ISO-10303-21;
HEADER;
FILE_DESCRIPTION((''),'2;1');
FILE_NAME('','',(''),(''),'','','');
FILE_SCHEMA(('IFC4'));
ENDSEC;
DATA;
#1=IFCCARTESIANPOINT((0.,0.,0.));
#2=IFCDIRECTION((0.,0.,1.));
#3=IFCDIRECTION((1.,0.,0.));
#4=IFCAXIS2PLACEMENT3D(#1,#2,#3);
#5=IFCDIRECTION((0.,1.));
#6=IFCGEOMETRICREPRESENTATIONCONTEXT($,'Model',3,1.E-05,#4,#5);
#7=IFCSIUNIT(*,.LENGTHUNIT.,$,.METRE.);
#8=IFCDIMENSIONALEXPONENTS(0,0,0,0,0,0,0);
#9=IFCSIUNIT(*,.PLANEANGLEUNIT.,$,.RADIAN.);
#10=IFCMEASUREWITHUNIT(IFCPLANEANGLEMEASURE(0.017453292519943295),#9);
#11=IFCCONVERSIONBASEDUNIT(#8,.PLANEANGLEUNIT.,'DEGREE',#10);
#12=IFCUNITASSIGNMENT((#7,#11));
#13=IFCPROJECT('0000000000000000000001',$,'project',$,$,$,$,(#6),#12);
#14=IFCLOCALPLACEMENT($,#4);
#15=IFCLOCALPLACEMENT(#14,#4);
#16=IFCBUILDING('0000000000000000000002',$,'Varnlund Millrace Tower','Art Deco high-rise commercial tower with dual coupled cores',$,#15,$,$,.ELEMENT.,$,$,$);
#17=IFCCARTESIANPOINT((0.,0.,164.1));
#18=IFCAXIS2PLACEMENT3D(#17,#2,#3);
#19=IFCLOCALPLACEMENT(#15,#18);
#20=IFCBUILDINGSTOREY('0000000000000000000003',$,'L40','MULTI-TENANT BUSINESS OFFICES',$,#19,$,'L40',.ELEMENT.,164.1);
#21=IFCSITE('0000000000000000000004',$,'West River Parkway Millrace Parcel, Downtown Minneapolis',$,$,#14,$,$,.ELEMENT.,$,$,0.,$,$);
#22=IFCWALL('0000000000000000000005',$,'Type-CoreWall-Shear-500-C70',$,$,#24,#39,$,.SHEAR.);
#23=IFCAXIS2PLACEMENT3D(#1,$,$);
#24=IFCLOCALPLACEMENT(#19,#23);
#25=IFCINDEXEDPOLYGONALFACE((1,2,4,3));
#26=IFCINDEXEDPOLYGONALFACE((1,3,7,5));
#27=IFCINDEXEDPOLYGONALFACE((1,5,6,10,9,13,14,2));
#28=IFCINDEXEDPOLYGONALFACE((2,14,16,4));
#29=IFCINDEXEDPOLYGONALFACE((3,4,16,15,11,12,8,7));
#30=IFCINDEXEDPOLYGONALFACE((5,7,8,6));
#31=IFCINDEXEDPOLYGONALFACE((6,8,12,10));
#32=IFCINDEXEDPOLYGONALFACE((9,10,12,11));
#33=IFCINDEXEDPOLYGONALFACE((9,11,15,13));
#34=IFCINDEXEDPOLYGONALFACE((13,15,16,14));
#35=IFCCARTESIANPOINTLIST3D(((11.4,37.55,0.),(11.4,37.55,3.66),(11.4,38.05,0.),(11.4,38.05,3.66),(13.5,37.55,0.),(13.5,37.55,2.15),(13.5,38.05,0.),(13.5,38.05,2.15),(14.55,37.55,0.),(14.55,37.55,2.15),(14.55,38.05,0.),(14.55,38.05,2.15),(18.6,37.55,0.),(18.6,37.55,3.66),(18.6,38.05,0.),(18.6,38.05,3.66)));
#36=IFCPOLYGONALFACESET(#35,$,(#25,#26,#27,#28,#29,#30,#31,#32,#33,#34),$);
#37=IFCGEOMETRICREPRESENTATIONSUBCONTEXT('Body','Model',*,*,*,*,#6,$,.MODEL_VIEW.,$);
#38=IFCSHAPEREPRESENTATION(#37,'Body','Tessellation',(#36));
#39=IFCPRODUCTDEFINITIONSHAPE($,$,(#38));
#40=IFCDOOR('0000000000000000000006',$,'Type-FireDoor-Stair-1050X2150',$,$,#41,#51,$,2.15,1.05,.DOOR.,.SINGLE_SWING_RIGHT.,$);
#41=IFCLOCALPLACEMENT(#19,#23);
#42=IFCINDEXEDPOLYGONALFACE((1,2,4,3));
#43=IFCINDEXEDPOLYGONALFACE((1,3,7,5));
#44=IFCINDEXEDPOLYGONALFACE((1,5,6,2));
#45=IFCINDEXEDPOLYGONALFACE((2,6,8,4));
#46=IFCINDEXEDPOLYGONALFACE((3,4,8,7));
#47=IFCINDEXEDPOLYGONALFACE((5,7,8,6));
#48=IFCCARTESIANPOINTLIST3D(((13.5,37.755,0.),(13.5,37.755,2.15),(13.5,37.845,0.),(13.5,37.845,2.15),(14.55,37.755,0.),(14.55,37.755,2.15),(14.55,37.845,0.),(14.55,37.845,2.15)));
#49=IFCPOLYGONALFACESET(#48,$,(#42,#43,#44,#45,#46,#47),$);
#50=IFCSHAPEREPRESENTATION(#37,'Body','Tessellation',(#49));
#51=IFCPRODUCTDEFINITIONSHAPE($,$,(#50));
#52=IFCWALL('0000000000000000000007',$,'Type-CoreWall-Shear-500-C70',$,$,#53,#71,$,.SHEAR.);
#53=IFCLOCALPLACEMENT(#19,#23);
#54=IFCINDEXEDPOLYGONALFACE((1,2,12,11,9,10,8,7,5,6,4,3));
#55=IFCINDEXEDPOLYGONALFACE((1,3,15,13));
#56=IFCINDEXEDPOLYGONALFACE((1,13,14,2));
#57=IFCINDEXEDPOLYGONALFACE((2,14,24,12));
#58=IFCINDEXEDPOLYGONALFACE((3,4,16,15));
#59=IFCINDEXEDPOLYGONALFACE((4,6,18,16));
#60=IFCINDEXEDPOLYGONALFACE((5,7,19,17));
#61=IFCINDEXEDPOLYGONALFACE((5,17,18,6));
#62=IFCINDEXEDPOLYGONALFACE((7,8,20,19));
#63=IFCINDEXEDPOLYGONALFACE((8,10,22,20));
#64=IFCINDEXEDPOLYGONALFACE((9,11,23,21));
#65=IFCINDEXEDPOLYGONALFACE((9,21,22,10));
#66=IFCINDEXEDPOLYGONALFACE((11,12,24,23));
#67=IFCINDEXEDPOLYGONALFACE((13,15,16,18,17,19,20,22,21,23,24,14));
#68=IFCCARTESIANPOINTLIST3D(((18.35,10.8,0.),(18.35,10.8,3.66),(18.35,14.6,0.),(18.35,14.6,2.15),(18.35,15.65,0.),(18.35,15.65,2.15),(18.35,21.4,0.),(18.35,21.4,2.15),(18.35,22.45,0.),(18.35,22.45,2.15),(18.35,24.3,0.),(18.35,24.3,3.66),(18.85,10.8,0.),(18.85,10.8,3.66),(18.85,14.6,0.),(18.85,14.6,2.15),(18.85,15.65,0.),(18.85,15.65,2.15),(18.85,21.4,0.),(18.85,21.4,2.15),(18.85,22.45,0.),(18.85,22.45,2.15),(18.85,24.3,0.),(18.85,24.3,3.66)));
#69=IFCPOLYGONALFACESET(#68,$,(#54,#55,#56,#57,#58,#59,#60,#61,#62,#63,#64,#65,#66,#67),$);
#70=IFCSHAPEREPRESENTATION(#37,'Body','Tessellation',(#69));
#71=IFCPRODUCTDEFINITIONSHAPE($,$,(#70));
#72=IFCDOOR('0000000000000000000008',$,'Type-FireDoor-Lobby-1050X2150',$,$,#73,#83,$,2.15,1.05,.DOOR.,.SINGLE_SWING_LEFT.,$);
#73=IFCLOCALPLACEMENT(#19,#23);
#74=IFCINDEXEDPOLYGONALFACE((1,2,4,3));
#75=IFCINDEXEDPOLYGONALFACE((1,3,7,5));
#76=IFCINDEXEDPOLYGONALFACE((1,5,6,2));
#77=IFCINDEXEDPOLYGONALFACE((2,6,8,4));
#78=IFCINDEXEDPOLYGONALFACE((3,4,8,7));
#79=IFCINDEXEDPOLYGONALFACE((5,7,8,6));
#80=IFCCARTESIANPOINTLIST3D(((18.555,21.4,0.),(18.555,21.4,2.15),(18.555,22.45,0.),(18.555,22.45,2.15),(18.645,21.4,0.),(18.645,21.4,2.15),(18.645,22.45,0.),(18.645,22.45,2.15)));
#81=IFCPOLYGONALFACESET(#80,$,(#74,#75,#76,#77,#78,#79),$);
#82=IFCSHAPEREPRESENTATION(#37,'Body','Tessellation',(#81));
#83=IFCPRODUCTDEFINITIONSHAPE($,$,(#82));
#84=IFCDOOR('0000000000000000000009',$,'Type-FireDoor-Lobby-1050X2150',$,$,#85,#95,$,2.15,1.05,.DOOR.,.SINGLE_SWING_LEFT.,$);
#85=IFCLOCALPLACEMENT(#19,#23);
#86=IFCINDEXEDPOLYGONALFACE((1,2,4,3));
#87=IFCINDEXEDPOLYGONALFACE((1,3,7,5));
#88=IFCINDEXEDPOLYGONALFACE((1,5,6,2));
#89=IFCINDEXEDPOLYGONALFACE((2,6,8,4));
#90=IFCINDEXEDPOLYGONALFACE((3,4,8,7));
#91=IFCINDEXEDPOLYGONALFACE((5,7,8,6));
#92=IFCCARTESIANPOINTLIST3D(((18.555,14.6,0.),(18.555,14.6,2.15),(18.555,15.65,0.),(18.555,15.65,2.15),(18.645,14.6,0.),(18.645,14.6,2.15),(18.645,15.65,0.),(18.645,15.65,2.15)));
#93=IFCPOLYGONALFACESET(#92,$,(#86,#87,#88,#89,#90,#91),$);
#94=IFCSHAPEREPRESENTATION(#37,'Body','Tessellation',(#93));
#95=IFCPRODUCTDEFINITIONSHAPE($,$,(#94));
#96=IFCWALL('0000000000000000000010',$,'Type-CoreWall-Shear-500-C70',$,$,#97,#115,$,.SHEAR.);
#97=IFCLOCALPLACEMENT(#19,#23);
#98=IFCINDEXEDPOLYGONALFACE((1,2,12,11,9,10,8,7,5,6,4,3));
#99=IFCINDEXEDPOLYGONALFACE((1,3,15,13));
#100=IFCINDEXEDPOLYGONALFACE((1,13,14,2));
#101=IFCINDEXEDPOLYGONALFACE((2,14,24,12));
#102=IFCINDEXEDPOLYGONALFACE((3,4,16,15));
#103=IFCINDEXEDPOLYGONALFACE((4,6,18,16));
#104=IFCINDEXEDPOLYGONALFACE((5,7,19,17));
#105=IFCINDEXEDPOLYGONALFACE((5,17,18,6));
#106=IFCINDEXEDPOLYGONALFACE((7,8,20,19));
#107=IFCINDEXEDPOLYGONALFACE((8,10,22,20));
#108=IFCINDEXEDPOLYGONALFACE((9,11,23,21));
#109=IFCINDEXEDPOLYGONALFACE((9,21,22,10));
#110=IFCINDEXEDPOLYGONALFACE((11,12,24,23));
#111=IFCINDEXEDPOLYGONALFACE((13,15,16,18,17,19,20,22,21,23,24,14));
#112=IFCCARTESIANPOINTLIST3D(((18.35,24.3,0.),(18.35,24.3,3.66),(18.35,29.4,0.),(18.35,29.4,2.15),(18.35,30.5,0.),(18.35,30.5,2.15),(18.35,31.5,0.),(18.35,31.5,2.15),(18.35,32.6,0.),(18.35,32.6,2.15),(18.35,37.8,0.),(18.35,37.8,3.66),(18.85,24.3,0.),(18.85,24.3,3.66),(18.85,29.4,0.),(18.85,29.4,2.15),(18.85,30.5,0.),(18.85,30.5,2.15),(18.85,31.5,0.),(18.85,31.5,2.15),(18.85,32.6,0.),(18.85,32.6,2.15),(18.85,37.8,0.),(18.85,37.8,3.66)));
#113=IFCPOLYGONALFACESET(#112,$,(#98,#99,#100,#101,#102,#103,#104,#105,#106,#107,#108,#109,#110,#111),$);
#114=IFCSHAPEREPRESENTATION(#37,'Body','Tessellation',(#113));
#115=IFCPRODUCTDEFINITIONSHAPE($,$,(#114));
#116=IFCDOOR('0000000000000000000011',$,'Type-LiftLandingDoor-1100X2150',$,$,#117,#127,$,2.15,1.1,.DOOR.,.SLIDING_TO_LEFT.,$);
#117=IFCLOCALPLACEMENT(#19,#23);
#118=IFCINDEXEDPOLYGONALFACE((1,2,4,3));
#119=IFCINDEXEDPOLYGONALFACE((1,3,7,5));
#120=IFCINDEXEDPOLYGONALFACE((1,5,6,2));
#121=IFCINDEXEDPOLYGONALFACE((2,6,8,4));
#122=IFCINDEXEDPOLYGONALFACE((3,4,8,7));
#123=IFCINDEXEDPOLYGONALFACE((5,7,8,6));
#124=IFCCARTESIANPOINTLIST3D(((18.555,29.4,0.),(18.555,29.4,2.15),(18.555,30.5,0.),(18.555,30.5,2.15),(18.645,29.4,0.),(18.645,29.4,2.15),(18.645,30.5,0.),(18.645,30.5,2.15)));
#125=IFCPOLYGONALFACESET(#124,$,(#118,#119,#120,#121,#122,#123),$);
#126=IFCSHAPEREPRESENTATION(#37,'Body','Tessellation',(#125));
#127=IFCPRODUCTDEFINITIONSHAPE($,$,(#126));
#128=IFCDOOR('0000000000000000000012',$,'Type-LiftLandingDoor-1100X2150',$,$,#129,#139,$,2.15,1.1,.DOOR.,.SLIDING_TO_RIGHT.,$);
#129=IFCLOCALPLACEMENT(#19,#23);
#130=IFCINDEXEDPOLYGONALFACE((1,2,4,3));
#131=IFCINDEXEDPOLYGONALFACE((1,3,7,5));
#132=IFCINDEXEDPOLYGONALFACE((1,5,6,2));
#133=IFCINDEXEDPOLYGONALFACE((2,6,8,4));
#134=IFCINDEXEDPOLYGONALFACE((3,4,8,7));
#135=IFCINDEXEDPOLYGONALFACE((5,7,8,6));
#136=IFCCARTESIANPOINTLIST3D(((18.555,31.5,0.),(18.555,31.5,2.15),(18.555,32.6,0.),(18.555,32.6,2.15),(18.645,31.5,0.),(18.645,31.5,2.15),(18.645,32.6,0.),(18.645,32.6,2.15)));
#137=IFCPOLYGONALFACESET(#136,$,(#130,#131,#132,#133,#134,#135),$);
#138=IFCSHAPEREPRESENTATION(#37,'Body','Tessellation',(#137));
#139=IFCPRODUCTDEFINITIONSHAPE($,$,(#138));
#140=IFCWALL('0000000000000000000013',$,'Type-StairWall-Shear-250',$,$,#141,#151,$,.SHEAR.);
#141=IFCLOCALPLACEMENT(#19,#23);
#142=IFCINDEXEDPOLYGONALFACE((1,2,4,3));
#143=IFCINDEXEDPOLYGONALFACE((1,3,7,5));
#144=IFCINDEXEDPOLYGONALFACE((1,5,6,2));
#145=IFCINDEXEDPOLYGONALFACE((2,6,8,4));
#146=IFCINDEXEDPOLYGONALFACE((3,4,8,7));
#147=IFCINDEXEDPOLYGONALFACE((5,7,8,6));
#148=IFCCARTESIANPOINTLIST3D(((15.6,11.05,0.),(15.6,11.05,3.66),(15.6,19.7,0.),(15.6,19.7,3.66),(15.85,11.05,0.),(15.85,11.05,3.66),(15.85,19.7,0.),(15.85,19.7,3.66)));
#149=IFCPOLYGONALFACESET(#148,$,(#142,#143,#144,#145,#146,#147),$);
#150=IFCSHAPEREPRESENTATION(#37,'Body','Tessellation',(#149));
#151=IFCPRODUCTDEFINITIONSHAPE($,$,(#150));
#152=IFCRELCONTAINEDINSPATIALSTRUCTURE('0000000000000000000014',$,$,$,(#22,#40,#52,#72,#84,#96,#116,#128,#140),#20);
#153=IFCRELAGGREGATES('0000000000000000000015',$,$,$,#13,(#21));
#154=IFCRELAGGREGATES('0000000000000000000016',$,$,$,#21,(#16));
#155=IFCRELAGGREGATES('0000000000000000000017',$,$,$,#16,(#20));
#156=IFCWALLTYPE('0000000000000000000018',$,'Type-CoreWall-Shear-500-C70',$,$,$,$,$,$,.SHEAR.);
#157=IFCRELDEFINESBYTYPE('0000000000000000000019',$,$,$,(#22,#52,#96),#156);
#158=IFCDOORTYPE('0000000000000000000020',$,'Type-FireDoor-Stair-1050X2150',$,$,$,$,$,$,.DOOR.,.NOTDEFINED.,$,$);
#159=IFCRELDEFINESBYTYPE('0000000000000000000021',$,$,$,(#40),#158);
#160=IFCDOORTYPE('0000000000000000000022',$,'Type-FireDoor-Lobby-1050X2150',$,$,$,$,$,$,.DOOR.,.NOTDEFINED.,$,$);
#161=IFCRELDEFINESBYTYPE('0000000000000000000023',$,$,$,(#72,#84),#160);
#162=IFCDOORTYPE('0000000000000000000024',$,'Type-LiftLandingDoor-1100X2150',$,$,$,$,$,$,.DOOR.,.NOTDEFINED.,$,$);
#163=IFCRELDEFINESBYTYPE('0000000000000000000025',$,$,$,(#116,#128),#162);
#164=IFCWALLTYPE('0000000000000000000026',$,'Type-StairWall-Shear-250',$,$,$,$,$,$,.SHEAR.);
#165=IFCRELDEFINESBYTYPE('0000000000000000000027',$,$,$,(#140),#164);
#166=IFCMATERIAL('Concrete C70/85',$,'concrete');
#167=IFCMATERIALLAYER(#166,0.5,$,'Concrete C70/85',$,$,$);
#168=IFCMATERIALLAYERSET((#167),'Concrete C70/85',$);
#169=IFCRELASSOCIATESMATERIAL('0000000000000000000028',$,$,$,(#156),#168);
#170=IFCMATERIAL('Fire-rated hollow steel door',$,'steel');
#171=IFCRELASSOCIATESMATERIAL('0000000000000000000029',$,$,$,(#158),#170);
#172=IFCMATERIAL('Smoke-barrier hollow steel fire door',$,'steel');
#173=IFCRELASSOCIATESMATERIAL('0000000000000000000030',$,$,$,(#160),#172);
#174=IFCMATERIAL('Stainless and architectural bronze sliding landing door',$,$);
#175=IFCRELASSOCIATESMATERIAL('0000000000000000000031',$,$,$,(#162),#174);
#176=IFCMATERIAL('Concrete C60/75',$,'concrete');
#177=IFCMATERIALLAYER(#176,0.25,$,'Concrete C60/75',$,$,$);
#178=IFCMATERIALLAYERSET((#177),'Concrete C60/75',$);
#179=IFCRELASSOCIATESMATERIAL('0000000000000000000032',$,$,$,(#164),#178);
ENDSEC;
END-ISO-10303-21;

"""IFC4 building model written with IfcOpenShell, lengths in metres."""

from ifc_helpers import new_model, entity, si_unit, converted_unit, direction, frame, origin_with_axes, origin_2d_with_axis, place, context, subcontext, project, spatial, polyline, rectangle, outline, extrude, material, layer, layer_set, type_object, element, fill, save


model = new_model("IFC4")

# Units and contexts
model_context = context("Model", 3, precision=1e-05, world=origin_with_axes(), true_north=direction((0.0, 1.0)))
body_context = subcontext(model_context, "Body", "Model", "MODEL_VIEW")
ifc_project = project(units=[si_unit("LENGTHUNIT", "METRE"), converted_unit("PLANEANGLEUNIT", "DEGREE", entity("IfcPlaneAngleMeasure", 0.017453292519943295), si_unit("PLANEANGLEUNIT", "RADIAN"), dimensions=[0, 0, 0, 0, 0, 0, 0])], contexts=[model_context])

# Site, building, storey
site_placement = place(None, origin_with_axes())
site = spatial("IfcSite", under=ifc_project, at=site_placement, Name="West River Parkway Millrace Parcel, Downtown Minneapolis", CompositionType="ELEMENT", RefElevation=0.0)
building_placement = place(site_placement, origin_with_axes())
building = spatial("IfcBuilding", under=site, at=building_placement, Name="Varnlund Millrace Tower", Description="Art Deco high-rise commercial tower with dual coupled cores", CompositionType="ELEMENT")
storey_placement = place(building_placement, frame((0.0, 0.0, 164.1), z_axis=(0.0, 0.0, 1.0), x_axis=(1.0, 0.0, 0.0)))
storey = spatial("IfcBuildingStorey", under=building, at=storey_placement, Name="L40", Description="MULTI-TENANT BUSINESS OFFICES", LongName="L40", CompositionType="ELEMENT", Elevation=164.1)

# Shared definitions
ifc_material_1 = material(Name="Concrete C60/75", Category="concrete")

# Shared definitions
ifc_material_2 = material(Name="Concrete C70/85", Category="concrete")
ifc_layer_1 = layer(ifc_material_2, 0.5, Name="Concrete C70/85")
ifc_layer_set_1 = layer_set([ifc_layer_1], Name="Concrete C70/85")
wall_type_1 = type_object("IfcWallType", Name="Type-CoreWall-Shear-500-C70", PredefinedType="SHEAR", material=ifc_layer_set_1)

# Wall, opening, door
ifc_material_3 = material(Name="Fire-rated hollow steel door", Category="steel")
door_type_1 = type_object("IfcDoorType", Name="Type-FireDoor-Stair-1050X2150", OperationType="NOTDEFINED", PredefinedType="DOOR", material=ifc_material_3)
wall_1_placement = place(storey_placement, frame((11.4, 37.8, 0.0), z_axis=(0.0, 0.0, 1.0), x_axis=(1.0, 0.0, 0.0)))
wall_1 = element("IfcWall", 1, at=wall_1_placement, inside=storey, type_object=wall_type_1, Name="Type-CoreWall-Shear-500-C70", PredefinedType="SHEAR", context=body_context, shape_type="SweptSolid", body=[
    extrude(outline(polyline([(0.0, -0.25), (7.2, -0.25), (7.2, 0.25), (0.0, 0.25), (0.0, -0.25)])), origin_with_axes(), (0.0, 0.0, 1.0), 3.66),
])
opening_1_placement = place(wall_1_placement, frame((2.625, 0.0, 0.0), z_axis=(0.0, 0.0, 1.0), x_axis=(1.0, 0.0, 0.0)))
opening_1 = element("IfcOpeningElement", 2, at=opening_1_placement, cuts=wall_1, PredefinedType="OPENING", context=body_context, shape_type="SweptSolid", body=[
    extrude(rectangle(XDim=1.05, YDim=0.52, at=origin_2d_with_axis()), origin_with_axes(), (0.0, 0.0, 1.0), 2.15),
])
door_1_placement = place(wall_1_placement, frame((2.625, 0.0, 0.0), z_axis=(0.0, 0.0, 1.0), x_axis=(1.0, 0.0, 0.0)))
door_1 = element("IfcDoor", 3, at=door_1_placement, inside=storey, type_object=door_type_1, Name="Type-FireDoor-Stair-1050X2150", OperationType="SINGLE_SWING_RIGHT", OverallHeight=2.15, OverallWidth=1.05, PredefinedType="DOOR", context=body_context, shape_type="SweptSolid", body=[
    extrude(rectangle(XDim=1.05, YDim=0.09, at=origin_2d_with_axis()), origin_with_axes(), (0.0, 0.0, 1.0), 2.15),
])
fill(opening_1, door_1)

# Walls, openings, doors
wall_2_placement = place(storey_placement, frame((18.6, 10.8, 0.0), z_axis=(0.0, 0.0, 1.0), x_axis=(0.0, 1.0, 0.0)))
wall_2 = element("IfcWall", 4, at=wall_2_placement, inside=storey, type_object=wall_type_1, Name="Type-CoreWall-Shear-500-C70", PredefinedType="SHEAR", context=body_context, shape_type="SweptSolid", body=[
    extrude(outline(polyline([(0.0, -0.25), (13.5, -0.25), (13.5, 0.25), (0.0, 0.25), (0.0, -0.25)])), origin_with_axes(), (0.0, 0.0, 1.0), 3.66),
])
opening_2_placement = place(wall_2_placement, frame((11.125, 0.0, 0.0), z_axis=(0.0, 0.0, 1.0), x_axis=(1.0, 0.0, 0.0)))
opening_2 = element("IfcOpeningElement", 5, at=opening_2_placement, cuts=wall_2, PredefinedType="OPENING", context=body_context, shape_type="SweptSolid", body=[
    extrude(rectangle(XDim=1.05, YDim=0.52, at=origin_2d_with_axis()), origin_with_axes(), (0.0, 0.0, 1.0), 2.15),
])
opening_3_placement = place(wall_2_placement, frame((4.325, 0.0, 0.0), z_axis=(0.0, 0.0, 1.0), x_axis=(1.0, 0.0, 0.0)))
opening_3 = element("IfcOpeningElement", 6, at=opening_3_placement, cuts=wall_2, PredefinedType="OPENING", context=body_context, shape_type="SweptSolid", body=[
    extrude(rectangle(XDim=1.05, YDim=0.52, at=origin_2d_with_axis()), origin_with_axes(), (0.0, 0.0, 1.0), 2.15),
])
ifc_material_4 = material(Name="Smoke-barrier hollow steel fire door", Category="steel")
door_type_2 = type_object("IfcDoorType", Name="Type-FireDoor-Lobby-1050X2150", OperationType="NOTDEFINED", PredefinedType="DOOR", material=ifc_material_4)
door_2_placement = place(wall_2_placement, frame((11.125, 0.0, 0.0), z_axis=(0.0, 0.0, 1.0), x_axis=(1.0, 0.0, 0.0)))
door_2 = element("IfcDoor", 7, at=door_2_placement, inside=storey, type_object=door_type_2, Name="Type-FireDoor-Lobby-1050X2150", OperationType="SINGLE_SWING_LEFT", OverallHeight=2.15, OverallWidth=1.05, PredefinedType="DOOR", context=body_context, shape_type="SweptSolid", body=[
    extrude(rectangle(XDim=1.05, YDim=0.09, at=origin_2d_with_axis()), origin_with_axes(), (0.0, 0.0, 1.0), 2.15),
])
fill(opening_2, door_2)
door_3_placement = place(wall_2_placement, frame((4.325, 0.0, 0.0), z_axis=(0.0, 0.0, 1.0), x_axis=(1.0, 0.0, 0.0)))
door_3 = element("IfcDoor", 8, at=door_3_placement, inside=storey, type_object=door_type_2, Name="Type-FireDoor-Lobby-1050X2150", OperationType="SINGLE_SWING_LEFT", OverallHeight=2.15, OverallWidth=1.05, PredefinedType="DOOR", context=body_context, shape_type="SweptSolid", body=[
    extrude(rectangle(XDim=1.05, YDim=0.09, at=origin_2d_with_axis()), origin_with_axes(), (0.0, 0.0, 1.0), 2.15),
])
fill(opening_3, door_3)
wall_3_placement = place(storey_placement, frame((18.6, 24.3, 0.0), z_axis=(0.0, 0.0, 1.0), x_axis=(0.0, 1.0, 0.0)))
wall_3 = element("IfcWall", 9, at=wall_3_placement, inside=storey, type_object=wall_type_1, Name="Type-CoreWall-Shear-500-C70", PredefinedType="SHEAR", context=body_context, shape_type="SweptSolid", body=[
    extrude(outline(polyline([(0.0, -0.25), (13.5, -0.25), (13.5, 0.25), (0.0, 0.25), (0.0, -0.25)])), origin_with_axes(), (0.0, 0.0, 1.0), 3.66),
])
opening_4_placement = place(wall_3_placement, frame((5.65, 0.0, 0.0), z_axis=(0.0, 0.0, 1.0), x_axis=(1.0, 0.0, 0.0)))
opening_4 = element("IfcOpeningElement", 10, at=opening_4_placement, cuts=wall_3, PredefinedType="OPENING", context=body_context, shape_type="SweptSolid", body=[
    extrude(rectangle(XDim=1.1, YDim=0.52, at=origin_2d_with_axis()), origin_with_axes(), (0.0, 0.0, 1.0), 2.15),
])
opening_5_placement = place(wall_3_placement, frame((7.75, 0.0, 0.0), z_axis=(0.0, 0.0, 1.0), x_axis=(1.0, 0.0, 0.0)))
opening_5 = element("IfcOpeningElement", 11, at=opening_5_placement, cuts=wall_3, PredefinedType="OPENING", context=body_context, shape_type="SweptSolid", body=[
    extrude(rectangle(XDim=1.1, YDim=0.52, at=origin_2d_with_axis()), origin_with_axes(), (0.0, 0.0, 1.0), 2.15),
])
ifc_material_5 = material(Name="Stainless and architectural bronze sliding landing door")
door_type_3 = type_object("IfcDoorType", Name="Type-LiftLandingDoor-1100X2150", OperationType="NOTDEFINED", PredefinedType="DOOR", material=ifc_material_5)
door_4_placement = place(wall_3_placement, frame((5.65, 0.0, 0.0), z_axis=(0.0, 0.0, 1.0), x_axis=(1.0, 0.0, 0.0)))
door_4 = element("IfcDoor", 12, at=door_4_placement, inside=storey, type_object=door_type_3, Name="Type-LiftLandingDoor-1100X2150", OperationType="SLIDING_TO_LEFT", OverallHeight=2.15, OverallWidth=1.1, PredefinedType="DOOR", context=body_context, shape_type="SweptSolid", body=[
    extrude(rectangle(XDim=1.1, YDim=0.09, at=origin_2d_with_axis()), origin_with_axes(), (0.0, 0.0, 1.0), 2.15),
])
fill(opening_4, door_4)
door_5_placement = place(wall_3_placement, frame((7.75, 0.0, 0.0), z_axis=(0.0, 0.0, 1.0), x_axis=(1.0, 0.0, 0.0)))
door_5 = element("IfcDoor", 13, at=door_5_placement, inside=storey, type_object=door_type_3, Name="Type-LiftLandingDoor-1100X2150", OperationType="SLIDING_TO_RIGHT", OverallHeight=2.15, OverallWidth=1.1, PredefinedType="DOOR", context=body_context, shape_type="SweptSolid", body=[
    extrude(rectangle(XDim=1.1, YDim=0.09, at=origin_2d_with_axis()), origin_with_axes(), (0.0, 0.0, 1.0), 2.15),
])
fill(opening_5, door_5)

# Wall
ifc_layer_2 = layer(ifc_material_1, 0.25, Name="Concrete C60/75")
ifc_layer_set_2 = layer_set([ifc_layer_2], Name="Concrete C60/75")
wall_type_2 = type_object("IfcWallType", Name="Type-StairWall-Shear-250", PredefinedType="SHEAR", material=ifc_layer_set_2)
wall_4_placement = place(storey_placement, frame((15.725, 11.05, 0.0), z_axis=(0.0, 0.0, 1.0), x_axis=(0.0, 1.0, 0.0)))
element("IfcWall", 14, at=wall_4_placement, inside=storey, type_object=wall_type_2, Name="Type-StairWall-Shear-250", PredefinedType="SHEAR", context=body_context, shape_type="SweptSolid", body=[
    extrude(outline(polyline([(0.0, -0.125), (8.65, -0.125), (8.65, 0.125), (0.0, 0.125), (0.0, -0.125)])), origin_with_axes(), (0.0, 0.0, 1.0), 3.66),
])

save(model, "model.ifc")
